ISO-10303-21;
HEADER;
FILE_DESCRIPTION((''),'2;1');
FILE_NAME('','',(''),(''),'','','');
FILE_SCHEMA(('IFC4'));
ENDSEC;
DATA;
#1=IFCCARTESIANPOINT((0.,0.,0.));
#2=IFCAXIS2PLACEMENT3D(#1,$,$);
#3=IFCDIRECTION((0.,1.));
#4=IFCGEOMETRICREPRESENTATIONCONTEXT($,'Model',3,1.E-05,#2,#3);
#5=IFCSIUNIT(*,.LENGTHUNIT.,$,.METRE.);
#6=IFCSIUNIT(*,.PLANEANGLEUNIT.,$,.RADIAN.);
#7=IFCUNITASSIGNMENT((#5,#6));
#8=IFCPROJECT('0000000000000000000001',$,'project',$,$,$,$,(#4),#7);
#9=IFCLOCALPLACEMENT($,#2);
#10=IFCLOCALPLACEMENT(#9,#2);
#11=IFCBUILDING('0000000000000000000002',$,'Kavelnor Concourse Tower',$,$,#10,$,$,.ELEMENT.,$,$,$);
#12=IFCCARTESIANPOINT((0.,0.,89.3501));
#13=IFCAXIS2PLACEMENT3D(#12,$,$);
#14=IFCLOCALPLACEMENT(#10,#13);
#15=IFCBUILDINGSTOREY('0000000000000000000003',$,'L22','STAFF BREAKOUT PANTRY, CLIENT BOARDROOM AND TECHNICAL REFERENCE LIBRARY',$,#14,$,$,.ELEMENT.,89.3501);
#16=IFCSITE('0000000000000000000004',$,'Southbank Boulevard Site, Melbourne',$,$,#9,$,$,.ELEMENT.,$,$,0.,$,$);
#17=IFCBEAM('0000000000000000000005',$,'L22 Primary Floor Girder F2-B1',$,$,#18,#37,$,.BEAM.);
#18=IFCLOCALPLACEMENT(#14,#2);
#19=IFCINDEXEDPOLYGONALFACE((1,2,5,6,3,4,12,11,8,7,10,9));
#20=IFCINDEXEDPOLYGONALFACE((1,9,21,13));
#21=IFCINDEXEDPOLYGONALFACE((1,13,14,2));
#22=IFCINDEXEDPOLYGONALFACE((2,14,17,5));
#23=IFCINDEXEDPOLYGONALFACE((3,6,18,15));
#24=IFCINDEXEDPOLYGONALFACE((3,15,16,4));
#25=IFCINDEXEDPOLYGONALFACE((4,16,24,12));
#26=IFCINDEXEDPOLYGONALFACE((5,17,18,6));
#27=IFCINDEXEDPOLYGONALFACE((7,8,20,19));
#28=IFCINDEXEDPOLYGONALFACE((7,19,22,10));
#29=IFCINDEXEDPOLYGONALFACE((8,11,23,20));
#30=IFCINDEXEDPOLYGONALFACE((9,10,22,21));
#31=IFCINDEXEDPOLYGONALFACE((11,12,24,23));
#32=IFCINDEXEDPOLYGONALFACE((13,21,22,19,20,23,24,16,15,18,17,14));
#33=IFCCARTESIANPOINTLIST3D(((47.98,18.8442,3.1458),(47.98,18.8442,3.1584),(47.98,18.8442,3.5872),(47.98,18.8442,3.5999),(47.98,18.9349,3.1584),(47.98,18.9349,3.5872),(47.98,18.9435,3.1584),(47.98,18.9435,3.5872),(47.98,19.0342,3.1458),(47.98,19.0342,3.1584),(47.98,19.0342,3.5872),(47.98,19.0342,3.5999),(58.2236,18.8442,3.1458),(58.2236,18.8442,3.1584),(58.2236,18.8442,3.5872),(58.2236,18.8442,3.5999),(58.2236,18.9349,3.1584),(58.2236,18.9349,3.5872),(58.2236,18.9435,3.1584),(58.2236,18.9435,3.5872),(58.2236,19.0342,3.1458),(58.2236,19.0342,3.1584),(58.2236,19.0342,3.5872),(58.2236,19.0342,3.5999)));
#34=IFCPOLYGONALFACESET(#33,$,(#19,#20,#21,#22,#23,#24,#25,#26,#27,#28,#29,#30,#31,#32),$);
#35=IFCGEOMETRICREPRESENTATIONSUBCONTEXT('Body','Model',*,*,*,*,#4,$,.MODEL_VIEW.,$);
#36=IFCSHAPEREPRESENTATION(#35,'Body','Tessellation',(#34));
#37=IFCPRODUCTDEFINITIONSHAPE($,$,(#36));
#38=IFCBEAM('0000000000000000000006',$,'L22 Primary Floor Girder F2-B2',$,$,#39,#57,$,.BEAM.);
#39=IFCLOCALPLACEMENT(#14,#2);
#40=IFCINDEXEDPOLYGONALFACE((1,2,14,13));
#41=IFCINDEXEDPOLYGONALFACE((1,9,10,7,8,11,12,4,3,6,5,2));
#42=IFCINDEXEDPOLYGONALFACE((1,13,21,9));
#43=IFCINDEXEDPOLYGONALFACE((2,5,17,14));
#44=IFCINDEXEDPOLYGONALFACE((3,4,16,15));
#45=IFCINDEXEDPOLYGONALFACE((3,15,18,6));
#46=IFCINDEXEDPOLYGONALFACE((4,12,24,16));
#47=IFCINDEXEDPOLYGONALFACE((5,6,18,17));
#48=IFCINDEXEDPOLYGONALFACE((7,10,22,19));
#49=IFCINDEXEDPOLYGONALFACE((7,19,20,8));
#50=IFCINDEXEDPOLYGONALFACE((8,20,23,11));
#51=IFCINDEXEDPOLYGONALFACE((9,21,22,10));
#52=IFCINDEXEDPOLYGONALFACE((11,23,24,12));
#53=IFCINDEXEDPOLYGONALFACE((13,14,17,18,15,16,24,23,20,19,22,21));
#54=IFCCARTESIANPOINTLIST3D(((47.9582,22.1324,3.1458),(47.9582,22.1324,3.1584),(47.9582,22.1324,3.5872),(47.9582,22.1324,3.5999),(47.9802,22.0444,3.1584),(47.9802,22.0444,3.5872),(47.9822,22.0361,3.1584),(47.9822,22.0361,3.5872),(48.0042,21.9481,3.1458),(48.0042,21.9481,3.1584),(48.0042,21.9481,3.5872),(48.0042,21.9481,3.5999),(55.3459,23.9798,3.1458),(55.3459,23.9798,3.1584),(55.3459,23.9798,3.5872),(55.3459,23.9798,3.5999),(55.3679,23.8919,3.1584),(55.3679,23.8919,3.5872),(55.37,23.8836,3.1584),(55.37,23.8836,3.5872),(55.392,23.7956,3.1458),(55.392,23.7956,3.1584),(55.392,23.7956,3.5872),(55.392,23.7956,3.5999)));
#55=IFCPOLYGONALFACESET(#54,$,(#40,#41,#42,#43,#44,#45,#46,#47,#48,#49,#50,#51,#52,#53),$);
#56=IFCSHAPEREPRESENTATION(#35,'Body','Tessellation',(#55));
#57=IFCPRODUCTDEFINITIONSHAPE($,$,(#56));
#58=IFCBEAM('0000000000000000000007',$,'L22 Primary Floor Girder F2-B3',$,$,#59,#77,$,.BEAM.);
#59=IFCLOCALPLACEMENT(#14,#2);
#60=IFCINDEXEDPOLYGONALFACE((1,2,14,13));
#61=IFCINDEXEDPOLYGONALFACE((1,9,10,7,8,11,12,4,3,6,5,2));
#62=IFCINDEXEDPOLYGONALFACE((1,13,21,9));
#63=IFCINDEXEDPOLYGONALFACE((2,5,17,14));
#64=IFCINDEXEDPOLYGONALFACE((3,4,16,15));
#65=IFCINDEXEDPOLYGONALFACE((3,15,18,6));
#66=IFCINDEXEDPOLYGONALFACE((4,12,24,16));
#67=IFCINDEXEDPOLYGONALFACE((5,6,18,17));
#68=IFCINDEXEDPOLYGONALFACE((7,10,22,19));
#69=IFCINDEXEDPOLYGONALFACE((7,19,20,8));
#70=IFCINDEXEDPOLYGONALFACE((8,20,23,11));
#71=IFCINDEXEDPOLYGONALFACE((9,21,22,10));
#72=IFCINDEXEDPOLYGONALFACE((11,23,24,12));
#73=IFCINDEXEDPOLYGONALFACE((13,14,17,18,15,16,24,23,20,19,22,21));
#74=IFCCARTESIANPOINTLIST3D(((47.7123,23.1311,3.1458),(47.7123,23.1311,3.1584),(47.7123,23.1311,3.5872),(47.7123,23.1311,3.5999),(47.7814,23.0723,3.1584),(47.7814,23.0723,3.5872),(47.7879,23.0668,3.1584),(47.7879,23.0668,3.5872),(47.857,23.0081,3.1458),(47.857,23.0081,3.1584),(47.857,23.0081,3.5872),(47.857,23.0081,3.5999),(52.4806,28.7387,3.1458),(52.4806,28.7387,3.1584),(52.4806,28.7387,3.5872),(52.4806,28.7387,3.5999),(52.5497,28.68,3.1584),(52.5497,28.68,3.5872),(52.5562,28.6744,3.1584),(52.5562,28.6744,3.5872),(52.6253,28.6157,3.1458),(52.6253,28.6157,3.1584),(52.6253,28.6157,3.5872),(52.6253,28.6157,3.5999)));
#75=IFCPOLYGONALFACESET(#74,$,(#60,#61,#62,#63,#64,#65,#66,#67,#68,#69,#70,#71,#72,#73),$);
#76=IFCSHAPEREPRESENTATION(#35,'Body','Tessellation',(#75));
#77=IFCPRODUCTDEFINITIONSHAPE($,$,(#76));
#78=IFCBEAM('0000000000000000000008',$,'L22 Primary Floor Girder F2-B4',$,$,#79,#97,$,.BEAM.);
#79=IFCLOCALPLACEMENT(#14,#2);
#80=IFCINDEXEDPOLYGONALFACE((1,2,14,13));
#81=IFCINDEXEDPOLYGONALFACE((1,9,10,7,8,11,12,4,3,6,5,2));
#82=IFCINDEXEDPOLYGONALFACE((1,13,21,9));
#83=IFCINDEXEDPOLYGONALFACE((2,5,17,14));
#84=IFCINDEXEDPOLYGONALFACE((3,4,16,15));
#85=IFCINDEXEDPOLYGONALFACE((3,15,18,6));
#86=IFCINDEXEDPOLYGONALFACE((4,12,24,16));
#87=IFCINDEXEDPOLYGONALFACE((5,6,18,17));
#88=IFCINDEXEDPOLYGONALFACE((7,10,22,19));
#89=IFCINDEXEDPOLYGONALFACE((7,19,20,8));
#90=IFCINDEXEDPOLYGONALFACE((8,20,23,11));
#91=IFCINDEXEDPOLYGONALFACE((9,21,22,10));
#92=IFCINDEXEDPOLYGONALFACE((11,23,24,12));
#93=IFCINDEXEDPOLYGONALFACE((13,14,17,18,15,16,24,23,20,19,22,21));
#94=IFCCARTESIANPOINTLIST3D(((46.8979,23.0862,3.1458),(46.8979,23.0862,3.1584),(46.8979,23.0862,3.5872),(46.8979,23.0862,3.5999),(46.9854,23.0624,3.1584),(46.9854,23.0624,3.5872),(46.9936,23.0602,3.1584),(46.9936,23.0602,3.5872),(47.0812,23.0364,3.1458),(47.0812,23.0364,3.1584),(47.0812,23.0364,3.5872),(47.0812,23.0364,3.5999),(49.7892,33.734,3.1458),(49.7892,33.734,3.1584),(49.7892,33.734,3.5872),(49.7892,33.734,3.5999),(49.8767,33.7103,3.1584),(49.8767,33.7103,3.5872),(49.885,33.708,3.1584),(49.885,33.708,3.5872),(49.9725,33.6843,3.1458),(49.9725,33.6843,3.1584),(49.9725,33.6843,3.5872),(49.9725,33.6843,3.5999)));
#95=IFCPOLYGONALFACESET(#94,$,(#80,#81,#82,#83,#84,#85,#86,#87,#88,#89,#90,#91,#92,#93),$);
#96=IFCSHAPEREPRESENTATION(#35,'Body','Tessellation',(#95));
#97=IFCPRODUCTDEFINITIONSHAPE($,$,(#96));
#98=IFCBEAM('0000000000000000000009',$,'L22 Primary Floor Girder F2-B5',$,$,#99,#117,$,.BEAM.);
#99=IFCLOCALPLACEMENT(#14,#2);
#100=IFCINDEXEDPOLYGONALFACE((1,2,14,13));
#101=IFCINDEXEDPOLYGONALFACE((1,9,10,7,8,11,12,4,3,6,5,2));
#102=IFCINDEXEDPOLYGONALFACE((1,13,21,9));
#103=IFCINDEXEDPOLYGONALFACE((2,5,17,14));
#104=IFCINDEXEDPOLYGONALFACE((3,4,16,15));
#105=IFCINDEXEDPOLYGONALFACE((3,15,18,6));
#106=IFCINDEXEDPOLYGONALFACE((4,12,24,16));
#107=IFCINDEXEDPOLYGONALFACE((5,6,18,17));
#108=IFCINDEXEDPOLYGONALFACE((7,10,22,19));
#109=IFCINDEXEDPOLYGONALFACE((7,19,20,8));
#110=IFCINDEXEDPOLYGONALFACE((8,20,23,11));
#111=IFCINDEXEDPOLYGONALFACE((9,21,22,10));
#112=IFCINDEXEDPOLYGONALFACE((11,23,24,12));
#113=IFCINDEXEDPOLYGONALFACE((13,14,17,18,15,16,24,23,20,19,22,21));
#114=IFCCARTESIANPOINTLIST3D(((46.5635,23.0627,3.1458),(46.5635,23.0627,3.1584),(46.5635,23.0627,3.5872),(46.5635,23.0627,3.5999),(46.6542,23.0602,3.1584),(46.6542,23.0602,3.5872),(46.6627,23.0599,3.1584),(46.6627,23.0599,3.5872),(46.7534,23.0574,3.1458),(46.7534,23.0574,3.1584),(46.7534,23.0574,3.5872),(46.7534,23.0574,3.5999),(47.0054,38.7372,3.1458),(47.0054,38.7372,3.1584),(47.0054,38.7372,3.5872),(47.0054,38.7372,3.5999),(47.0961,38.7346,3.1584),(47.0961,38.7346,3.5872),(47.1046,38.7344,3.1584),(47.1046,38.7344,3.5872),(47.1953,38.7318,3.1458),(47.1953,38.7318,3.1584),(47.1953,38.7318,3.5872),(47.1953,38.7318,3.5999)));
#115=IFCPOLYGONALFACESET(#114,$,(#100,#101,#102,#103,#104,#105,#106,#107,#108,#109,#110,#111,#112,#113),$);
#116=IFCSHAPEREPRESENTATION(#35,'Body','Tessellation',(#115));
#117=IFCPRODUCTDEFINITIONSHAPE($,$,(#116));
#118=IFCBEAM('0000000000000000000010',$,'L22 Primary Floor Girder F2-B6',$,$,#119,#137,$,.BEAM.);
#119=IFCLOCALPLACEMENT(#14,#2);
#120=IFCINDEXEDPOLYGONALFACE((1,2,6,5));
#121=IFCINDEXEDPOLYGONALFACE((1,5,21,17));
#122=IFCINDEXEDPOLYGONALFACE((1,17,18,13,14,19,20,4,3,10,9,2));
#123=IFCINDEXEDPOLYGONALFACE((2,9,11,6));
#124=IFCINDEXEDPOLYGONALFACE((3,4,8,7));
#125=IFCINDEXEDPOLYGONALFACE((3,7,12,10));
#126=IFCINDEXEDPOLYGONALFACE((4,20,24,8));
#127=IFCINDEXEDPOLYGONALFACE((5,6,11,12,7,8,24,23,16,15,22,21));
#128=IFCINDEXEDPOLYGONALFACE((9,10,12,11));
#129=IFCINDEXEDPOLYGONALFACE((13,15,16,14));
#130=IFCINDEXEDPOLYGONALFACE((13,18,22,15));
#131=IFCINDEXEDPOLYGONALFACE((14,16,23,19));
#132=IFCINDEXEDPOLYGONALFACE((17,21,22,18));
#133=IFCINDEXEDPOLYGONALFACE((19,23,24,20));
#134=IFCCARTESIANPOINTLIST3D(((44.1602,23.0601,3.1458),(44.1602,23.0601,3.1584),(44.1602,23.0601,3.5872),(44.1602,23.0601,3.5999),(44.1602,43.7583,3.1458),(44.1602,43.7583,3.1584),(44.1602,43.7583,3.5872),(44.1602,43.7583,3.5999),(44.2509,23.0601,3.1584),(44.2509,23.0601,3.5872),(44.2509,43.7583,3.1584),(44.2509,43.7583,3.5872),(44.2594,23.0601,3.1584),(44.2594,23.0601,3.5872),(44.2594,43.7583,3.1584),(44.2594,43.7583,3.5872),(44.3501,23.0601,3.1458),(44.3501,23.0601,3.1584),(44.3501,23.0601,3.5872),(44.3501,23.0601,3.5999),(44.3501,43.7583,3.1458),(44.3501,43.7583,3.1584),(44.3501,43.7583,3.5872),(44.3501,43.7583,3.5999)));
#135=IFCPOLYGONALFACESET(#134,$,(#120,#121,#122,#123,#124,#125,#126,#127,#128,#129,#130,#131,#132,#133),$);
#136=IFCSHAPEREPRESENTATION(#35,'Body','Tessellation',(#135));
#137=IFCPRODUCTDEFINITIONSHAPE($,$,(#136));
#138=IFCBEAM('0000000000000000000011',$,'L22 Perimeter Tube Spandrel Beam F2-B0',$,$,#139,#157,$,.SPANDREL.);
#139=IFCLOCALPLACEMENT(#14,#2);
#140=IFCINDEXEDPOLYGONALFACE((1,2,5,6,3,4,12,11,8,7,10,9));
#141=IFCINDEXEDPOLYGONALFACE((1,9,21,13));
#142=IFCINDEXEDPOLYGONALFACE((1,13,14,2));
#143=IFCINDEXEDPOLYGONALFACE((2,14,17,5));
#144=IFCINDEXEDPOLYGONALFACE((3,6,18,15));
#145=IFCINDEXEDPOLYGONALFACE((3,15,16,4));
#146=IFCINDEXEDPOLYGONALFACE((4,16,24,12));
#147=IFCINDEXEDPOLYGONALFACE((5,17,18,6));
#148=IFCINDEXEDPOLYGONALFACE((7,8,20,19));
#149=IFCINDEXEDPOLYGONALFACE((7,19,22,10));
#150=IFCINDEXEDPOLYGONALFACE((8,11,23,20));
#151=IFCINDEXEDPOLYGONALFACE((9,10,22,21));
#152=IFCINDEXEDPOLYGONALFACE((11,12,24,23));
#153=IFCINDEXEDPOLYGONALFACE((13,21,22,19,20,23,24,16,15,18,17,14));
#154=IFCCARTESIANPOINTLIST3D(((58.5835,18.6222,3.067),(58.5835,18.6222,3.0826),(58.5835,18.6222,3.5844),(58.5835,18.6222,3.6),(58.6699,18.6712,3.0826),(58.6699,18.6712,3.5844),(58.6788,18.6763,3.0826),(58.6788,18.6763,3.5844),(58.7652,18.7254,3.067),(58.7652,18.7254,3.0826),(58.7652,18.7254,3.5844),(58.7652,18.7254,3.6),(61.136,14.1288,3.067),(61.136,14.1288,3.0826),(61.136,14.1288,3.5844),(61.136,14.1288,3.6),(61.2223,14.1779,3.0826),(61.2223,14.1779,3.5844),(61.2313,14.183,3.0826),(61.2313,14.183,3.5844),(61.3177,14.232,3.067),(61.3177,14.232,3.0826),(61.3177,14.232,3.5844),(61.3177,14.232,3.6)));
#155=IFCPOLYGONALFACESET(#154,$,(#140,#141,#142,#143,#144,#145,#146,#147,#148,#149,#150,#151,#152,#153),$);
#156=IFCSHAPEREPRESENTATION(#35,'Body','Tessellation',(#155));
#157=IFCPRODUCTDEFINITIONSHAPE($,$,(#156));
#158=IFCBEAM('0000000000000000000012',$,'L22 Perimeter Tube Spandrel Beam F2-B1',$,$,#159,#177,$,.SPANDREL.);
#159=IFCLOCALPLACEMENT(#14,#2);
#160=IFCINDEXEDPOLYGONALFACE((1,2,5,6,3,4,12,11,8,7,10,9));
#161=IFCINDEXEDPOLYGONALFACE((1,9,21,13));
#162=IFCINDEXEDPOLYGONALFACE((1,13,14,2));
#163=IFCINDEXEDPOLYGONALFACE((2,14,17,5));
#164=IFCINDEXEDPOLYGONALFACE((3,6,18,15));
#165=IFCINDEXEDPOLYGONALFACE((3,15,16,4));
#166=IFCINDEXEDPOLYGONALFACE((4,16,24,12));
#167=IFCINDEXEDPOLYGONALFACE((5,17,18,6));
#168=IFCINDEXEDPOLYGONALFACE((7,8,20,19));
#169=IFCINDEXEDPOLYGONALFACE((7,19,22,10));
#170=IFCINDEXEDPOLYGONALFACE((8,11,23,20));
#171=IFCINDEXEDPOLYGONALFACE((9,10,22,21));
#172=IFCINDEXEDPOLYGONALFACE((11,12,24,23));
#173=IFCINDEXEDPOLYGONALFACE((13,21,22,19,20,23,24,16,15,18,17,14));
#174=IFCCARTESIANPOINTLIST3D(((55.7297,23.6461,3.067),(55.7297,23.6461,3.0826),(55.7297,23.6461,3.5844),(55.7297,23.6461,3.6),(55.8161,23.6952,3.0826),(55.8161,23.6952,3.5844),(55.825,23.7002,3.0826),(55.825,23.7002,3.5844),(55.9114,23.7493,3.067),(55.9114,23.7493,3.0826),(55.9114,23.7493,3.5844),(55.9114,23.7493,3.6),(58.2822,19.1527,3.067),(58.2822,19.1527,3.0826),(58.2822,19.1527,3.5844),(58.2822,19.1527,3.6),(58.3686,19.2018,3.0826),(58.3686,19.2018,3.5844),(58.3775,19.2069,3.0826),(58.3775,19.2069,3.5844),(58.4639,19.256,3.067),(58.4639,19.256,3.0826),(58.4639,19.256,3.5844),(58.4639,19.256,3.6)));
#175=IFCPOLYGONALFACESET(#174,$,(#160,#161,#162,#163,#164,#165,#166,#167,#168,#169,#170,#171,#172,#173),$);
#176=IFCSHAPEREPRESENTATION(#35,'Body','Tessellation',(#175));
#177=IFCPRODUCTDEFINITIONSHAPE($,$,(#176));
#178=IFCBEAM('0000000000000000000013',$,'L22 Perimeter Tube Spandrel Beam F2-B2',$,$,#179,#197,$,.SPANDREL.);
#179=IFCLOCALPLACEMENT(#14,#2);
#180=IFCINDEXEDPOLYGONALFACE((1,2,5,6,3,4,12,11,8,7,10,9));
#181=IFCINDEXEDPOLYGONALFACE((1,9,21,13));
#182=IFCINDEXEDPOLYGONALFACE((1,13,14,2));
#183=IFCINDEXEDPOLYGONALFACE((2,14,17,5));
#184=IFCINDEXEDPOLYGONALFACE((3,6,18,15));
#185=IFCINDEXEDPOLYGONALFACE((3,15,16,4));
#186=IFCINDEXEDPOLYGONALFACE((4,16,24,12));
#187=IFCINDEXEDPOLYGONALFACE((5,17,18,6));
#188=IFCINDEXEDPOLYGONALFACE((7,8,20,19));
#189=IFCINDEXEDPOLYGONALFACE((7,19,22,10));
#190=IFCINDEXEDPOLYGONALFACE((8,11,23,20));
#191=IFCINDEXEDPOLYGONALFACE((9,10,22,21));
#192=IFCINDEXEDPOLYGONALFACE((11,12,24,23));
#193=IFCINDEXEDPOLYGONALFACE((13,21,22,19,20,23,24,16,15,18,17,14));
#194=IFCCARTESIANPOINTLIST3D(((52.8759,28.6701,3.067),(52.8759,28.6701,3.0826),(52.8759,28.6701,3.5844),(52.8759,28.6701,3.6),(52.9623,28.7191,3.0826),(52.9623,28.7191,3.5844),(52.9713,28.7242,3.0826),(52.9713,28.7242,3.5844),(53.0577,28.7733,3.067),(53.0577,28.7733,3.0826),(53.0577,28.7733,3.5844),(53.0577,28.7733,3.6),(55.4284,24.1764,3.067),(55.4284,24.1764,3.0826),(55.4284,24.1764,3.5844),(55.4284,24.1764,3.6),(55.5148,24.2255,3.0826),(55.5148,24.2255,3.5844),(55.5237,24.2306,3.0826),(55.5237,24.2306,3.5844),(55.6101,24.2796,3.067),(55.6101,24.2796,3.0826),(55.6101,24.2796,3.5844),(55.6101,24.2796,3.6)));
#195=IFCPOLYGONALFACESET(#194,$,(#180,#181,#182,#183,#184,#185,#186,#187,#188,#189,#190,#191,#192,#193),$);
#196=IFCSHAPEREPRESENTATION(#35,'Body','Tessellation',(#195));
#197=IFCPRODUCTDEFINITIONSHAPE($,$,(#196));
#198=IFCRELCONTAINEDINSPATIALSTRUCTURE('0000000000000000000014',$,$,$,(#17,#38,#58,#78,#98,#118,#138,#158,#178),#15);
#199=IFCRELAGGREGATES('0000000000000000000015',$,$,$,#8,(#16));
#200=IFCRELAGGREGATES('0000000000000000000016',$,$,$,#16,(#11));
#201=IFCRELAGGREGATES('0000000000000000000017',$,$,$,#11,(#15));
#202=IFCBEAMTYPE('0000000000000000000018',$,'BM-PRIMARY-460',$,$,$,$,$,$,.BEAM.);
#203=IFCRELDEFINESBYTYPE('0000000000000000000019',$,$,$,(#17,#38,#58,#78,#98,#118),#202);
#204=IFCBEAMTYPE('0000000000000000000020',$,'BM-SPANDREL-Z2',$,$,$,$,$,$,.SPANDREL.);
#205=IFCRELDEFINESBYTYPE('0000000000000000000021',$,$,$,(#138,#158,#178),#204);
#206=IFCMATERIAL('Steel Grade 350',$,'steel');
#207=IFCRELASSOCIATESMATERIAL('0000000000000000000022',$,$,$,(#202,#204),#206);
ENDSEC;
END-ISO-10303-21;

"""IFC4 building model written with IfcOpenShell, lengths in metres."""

from ifc_helpers import new_model, si_unit, direction, frame, origin, origin_2d, place, context, subcontext, project, spatial, i_section, extrude, material, material_profile, profile_set, type_object, element, save


model = new_model("IFC4")

# Units and contexts
model_context = context("Model", 3, precision=1e-05, world=origin(), true_north=direction((0.0, 1.0)))
body_context = subcontext(model_context, "Body", "Model", "MODEL_VIEW")
ifc_project = project(units=[si_unit("LENGTHUNIT", "METRE"), si_unit("PLANEANGLEUNIT", "RADIAN")], contexts=[model_context])

# Site, building, storey
site_placement = place(None, origin())
site = spatial("IfcSite", under=ifc_project, at=site_placement, Name="Southbank Boulevard Site, Melbourne", CompositionType="ELEMENT", RefElevation=0.0)
building_placement = place(site_placement, origin())
building = spatial("IfcBuilding", under=site, at=building_placement, Name="Kavelnor Concourse Tower", CompositionType="ELEMENT")
storey_placement = place(building_placement, frame((0.0, 0.0, 89.3501)))
storey = spatial("IfcBuildingStorey", under=building, at=storey_placement, Name="L22", Description="STAFF BREAKOUT PANTRY, CLIENT BOARDROOM AND TECHNICAL REFERENCE LIBRARY", CompositionType="ELEMENT", Elevation=89.3501)

# Shared definitions
ifc_material_1 = material(Name="Steel Grade 350", Category="steel")

# Beams
ifc_material_profile_1 = material_profile(ifc_material_1, i_section(OverallWidth=0.1899, OverallDepth=0.4541, WebThickness=0.0085, FlangeThickness=0.0127, at=origin_2d()), Name="460UB67")
ifc_profile_set_1 = profile_set([ifc_material_profile_1], Name="Steel Grade 350")
beam_type_1 = type_object("IfcBeamType", Name="BM-PRIMARY-460", PredefinedType="BEAM", material=ifc_profile_set_1)
beam_1_placement = place(storey_placement, frame((47.98, 18.9392, 3.3728), z_axis=(1.0, 0.0, 0.0), x_axis=(0.0, 1.0, 0.0)))
element("IfcBeam", 1, at=beam_1_placement, inside=storey, type_object=beam_type_1, Name="L22 Primary Floor Girder F2-B1", PredefinedType="BEAM", context=body_context, shape_type="SweptSolid", body=[
    extrude(i_section(OverallWidth=0.1899, OverallDepth=0.4541, WebThickness=0.0085, FlangeThickness=0.0127, at=origin_2d()), origin(), (0.0, 0.0, 1.0), 10.2437),
])
beam_2_placement = place(storey_placement, frame((47.9812, 22.0403, 3.3728), z_axis=(0.970127, 0.242596, 0.0), x_axis=(-0.242596, 0.970127, 0.0)))
element("IfcBeam", 2, at=beam_2_placement, inside=storey, type_object=beam_type_1, Name="L22 Primary Floor Girder F2-B2", PredefinedType="BEAM", context=body_context, shape_type="SweptSolid", body=[
    extrude(i_section(OverallWidth=0.1899, OverallDepth=0.4541, WebThickness=0.0085, FlangeThickness=0.0127, at=origin_2d()), origin(), (0.0, 0.0, 1.0), 7.6152),
])
beam_3_placement = place(storey_placement, frame((47.7847, 23.0696, 3.3728), z_axis=(0.64779, 0.761819, 0.0), x_axis=(-0.761819, 0.64779, 0.0)))
element("IfcBeam", 3, at=beam_3_placement, inside=storey, type_object=beam_type_1, Name="L22 Primary Floor Girder F2-B3", PredefinedType="BEAM", context=body_context, shape_type="SweptSolid", body=[
    extrude(i_section(OverallWidth=0.1899, OverallDepth=0.4541, WebThickness=0.0085, FlangeThickness=0.0127, at=origin_2d()), origin(), (0.0, 0.0, 1.0), 7.3608),
])
beam_4_placement = place(storey_placement, frame((46.9895, 23.0613, 3.3728), z_axis=(0.262052, 0.965054, 0.0), x_axis=(-0.965054, 0.262052, 0.0)))
element("IfcBeam", 4, at=beam_4_placement, inside=storey, type_object=beam_type_1, Name="L22 Primary Floor Girder F2-B4", PredefinedType="BEAM", context=body_context, shape_type="SweptSolid", body=[
    extrude(i_section(OverallWidth=0.1899, OverallDepth=0.4541, WebThickness=0.0085, FlangeThickness=0.0127, at=origin_2d()), origin(), (0.0, 0.0, 1.0), 11.0334),
])
beam_5_placement = place(storey_placement, frame((46.6584, 23.0601, 3.3728), z_axis=(0.028181, 0.999603, 0.0), x_axis=(-0.999603, 0.028181, 0.0)))
element("IfcBeam", 5, at=beam_5_placement, inside=storey, type_object=beam_type_1, Name="L22 Primary Floor Girder F2-B5", PredefinedType="BEAM", context=body_context, shape_type="SweptSolid", body=[
    extrude(i_section(OverallWidth=0.1899, OverallDepth=0.4541, WebThickness=0.0085, FlangeThickness=0.0127, at=origin_2d()), origin(), (0.0, 0.0, 1.0), 15.6807),
])
beam_6_placement = place(storey_placement, frame((44.2551, 23.0601, 3.3728), z_axis=(0.0, 1.0, 0.0), x_axis=(-1.0, 0.0, 0.0)))
element("IfcBeam", 6, at=beam_6_placement, inside=storey, type_object=beam_type_1, Name="L22 Primary Floor Girder F2-B6", PredefinedType="BEAM", context=body_context, shape_type="SweptSolid", body=[
    extrude(i_section(OverallWidth=0.1899, OverallDepth=0.4541, WebThickness=0.0085, FlangeThickness=0.0127, at=origin_2d()), origin(), (0.0, 0.0, 1.0), 20.6982),
])
ifc_material_profile_2 = material_profile(ifc_material_1, i_section(OverallWidth=0.209, OverallDepth=0.533, WebThickness=0.0103, FlangeThickness=0.0156, at=origin_2d()), Name="530UB92")
ifc_profile_set_2 = profile_set([ifc_material_profile_2], Name="Steel Grade 350")
beam_type_2 = type_object("IfcBeamType", Name="BM-SPANDREL-Z2", PredefinedType="SPANDREL", material=ifc_profile_set_2)
for number, where, z_axis, x_axis, name in (
    (7, (61.2268, 14.1804, 3.3335), (-0.493924, 0.869505, 0.0), (-0.869505, -0.493924, 0.0), "L22 Perimeter Tube Spandrel Beam F2-B0"),
    (8, (58.373, 19.2043, 3.3335), (-0.493924, 0.869505, 0.0), (-0.869505, -0.493924, 0.0), "L22 Perimeter Tube Spandrel Beam F2-B1"),
):
    element("IfcBeam", number, at=place(storey_placement, frame(where, z_axis=z_axis, x_axis=x_axis)), inside=storey, type_object=beam_type_2, Name=name, PredefinedType="SPANDREL", context=body_context, shape_type="SweptSolid", body=[
        extrude(i_section(OverallWidth=0.209, OverallDepth=0.533, WebThickness=0.0103, FlangeThickness=0.0156, at=origin_2d()), origin(), (0.0, 0.0, 1.0), 5.1677),
    ])
beam_7_placement = place(storey_placement, frame((55.5193, 24.228, 3.3335), z_axis=(-0.493904, 0.869517, 0.0), x_axis=(-0.869517, -0.493904, 0.0)))
element("IfcBeam", 9, at=beam_7_placement, inside=storey, type_object=beam_type_2, Name="L22 Perimeter Tube Spandrel Beam F2-B2", PredefinedType="SPANDREL", context=body_context, shape_type="SweptSolid", body=[
    extrude(i_section(OverallWidth=0.209, OverallDepth=0.533, WebThickness=0.0103, FlangeThickness=0.0156, at=origin_2d()), origin(), (0.0, 0.0, 1.0), 5.168),
])

save(model, "model.ifc")
